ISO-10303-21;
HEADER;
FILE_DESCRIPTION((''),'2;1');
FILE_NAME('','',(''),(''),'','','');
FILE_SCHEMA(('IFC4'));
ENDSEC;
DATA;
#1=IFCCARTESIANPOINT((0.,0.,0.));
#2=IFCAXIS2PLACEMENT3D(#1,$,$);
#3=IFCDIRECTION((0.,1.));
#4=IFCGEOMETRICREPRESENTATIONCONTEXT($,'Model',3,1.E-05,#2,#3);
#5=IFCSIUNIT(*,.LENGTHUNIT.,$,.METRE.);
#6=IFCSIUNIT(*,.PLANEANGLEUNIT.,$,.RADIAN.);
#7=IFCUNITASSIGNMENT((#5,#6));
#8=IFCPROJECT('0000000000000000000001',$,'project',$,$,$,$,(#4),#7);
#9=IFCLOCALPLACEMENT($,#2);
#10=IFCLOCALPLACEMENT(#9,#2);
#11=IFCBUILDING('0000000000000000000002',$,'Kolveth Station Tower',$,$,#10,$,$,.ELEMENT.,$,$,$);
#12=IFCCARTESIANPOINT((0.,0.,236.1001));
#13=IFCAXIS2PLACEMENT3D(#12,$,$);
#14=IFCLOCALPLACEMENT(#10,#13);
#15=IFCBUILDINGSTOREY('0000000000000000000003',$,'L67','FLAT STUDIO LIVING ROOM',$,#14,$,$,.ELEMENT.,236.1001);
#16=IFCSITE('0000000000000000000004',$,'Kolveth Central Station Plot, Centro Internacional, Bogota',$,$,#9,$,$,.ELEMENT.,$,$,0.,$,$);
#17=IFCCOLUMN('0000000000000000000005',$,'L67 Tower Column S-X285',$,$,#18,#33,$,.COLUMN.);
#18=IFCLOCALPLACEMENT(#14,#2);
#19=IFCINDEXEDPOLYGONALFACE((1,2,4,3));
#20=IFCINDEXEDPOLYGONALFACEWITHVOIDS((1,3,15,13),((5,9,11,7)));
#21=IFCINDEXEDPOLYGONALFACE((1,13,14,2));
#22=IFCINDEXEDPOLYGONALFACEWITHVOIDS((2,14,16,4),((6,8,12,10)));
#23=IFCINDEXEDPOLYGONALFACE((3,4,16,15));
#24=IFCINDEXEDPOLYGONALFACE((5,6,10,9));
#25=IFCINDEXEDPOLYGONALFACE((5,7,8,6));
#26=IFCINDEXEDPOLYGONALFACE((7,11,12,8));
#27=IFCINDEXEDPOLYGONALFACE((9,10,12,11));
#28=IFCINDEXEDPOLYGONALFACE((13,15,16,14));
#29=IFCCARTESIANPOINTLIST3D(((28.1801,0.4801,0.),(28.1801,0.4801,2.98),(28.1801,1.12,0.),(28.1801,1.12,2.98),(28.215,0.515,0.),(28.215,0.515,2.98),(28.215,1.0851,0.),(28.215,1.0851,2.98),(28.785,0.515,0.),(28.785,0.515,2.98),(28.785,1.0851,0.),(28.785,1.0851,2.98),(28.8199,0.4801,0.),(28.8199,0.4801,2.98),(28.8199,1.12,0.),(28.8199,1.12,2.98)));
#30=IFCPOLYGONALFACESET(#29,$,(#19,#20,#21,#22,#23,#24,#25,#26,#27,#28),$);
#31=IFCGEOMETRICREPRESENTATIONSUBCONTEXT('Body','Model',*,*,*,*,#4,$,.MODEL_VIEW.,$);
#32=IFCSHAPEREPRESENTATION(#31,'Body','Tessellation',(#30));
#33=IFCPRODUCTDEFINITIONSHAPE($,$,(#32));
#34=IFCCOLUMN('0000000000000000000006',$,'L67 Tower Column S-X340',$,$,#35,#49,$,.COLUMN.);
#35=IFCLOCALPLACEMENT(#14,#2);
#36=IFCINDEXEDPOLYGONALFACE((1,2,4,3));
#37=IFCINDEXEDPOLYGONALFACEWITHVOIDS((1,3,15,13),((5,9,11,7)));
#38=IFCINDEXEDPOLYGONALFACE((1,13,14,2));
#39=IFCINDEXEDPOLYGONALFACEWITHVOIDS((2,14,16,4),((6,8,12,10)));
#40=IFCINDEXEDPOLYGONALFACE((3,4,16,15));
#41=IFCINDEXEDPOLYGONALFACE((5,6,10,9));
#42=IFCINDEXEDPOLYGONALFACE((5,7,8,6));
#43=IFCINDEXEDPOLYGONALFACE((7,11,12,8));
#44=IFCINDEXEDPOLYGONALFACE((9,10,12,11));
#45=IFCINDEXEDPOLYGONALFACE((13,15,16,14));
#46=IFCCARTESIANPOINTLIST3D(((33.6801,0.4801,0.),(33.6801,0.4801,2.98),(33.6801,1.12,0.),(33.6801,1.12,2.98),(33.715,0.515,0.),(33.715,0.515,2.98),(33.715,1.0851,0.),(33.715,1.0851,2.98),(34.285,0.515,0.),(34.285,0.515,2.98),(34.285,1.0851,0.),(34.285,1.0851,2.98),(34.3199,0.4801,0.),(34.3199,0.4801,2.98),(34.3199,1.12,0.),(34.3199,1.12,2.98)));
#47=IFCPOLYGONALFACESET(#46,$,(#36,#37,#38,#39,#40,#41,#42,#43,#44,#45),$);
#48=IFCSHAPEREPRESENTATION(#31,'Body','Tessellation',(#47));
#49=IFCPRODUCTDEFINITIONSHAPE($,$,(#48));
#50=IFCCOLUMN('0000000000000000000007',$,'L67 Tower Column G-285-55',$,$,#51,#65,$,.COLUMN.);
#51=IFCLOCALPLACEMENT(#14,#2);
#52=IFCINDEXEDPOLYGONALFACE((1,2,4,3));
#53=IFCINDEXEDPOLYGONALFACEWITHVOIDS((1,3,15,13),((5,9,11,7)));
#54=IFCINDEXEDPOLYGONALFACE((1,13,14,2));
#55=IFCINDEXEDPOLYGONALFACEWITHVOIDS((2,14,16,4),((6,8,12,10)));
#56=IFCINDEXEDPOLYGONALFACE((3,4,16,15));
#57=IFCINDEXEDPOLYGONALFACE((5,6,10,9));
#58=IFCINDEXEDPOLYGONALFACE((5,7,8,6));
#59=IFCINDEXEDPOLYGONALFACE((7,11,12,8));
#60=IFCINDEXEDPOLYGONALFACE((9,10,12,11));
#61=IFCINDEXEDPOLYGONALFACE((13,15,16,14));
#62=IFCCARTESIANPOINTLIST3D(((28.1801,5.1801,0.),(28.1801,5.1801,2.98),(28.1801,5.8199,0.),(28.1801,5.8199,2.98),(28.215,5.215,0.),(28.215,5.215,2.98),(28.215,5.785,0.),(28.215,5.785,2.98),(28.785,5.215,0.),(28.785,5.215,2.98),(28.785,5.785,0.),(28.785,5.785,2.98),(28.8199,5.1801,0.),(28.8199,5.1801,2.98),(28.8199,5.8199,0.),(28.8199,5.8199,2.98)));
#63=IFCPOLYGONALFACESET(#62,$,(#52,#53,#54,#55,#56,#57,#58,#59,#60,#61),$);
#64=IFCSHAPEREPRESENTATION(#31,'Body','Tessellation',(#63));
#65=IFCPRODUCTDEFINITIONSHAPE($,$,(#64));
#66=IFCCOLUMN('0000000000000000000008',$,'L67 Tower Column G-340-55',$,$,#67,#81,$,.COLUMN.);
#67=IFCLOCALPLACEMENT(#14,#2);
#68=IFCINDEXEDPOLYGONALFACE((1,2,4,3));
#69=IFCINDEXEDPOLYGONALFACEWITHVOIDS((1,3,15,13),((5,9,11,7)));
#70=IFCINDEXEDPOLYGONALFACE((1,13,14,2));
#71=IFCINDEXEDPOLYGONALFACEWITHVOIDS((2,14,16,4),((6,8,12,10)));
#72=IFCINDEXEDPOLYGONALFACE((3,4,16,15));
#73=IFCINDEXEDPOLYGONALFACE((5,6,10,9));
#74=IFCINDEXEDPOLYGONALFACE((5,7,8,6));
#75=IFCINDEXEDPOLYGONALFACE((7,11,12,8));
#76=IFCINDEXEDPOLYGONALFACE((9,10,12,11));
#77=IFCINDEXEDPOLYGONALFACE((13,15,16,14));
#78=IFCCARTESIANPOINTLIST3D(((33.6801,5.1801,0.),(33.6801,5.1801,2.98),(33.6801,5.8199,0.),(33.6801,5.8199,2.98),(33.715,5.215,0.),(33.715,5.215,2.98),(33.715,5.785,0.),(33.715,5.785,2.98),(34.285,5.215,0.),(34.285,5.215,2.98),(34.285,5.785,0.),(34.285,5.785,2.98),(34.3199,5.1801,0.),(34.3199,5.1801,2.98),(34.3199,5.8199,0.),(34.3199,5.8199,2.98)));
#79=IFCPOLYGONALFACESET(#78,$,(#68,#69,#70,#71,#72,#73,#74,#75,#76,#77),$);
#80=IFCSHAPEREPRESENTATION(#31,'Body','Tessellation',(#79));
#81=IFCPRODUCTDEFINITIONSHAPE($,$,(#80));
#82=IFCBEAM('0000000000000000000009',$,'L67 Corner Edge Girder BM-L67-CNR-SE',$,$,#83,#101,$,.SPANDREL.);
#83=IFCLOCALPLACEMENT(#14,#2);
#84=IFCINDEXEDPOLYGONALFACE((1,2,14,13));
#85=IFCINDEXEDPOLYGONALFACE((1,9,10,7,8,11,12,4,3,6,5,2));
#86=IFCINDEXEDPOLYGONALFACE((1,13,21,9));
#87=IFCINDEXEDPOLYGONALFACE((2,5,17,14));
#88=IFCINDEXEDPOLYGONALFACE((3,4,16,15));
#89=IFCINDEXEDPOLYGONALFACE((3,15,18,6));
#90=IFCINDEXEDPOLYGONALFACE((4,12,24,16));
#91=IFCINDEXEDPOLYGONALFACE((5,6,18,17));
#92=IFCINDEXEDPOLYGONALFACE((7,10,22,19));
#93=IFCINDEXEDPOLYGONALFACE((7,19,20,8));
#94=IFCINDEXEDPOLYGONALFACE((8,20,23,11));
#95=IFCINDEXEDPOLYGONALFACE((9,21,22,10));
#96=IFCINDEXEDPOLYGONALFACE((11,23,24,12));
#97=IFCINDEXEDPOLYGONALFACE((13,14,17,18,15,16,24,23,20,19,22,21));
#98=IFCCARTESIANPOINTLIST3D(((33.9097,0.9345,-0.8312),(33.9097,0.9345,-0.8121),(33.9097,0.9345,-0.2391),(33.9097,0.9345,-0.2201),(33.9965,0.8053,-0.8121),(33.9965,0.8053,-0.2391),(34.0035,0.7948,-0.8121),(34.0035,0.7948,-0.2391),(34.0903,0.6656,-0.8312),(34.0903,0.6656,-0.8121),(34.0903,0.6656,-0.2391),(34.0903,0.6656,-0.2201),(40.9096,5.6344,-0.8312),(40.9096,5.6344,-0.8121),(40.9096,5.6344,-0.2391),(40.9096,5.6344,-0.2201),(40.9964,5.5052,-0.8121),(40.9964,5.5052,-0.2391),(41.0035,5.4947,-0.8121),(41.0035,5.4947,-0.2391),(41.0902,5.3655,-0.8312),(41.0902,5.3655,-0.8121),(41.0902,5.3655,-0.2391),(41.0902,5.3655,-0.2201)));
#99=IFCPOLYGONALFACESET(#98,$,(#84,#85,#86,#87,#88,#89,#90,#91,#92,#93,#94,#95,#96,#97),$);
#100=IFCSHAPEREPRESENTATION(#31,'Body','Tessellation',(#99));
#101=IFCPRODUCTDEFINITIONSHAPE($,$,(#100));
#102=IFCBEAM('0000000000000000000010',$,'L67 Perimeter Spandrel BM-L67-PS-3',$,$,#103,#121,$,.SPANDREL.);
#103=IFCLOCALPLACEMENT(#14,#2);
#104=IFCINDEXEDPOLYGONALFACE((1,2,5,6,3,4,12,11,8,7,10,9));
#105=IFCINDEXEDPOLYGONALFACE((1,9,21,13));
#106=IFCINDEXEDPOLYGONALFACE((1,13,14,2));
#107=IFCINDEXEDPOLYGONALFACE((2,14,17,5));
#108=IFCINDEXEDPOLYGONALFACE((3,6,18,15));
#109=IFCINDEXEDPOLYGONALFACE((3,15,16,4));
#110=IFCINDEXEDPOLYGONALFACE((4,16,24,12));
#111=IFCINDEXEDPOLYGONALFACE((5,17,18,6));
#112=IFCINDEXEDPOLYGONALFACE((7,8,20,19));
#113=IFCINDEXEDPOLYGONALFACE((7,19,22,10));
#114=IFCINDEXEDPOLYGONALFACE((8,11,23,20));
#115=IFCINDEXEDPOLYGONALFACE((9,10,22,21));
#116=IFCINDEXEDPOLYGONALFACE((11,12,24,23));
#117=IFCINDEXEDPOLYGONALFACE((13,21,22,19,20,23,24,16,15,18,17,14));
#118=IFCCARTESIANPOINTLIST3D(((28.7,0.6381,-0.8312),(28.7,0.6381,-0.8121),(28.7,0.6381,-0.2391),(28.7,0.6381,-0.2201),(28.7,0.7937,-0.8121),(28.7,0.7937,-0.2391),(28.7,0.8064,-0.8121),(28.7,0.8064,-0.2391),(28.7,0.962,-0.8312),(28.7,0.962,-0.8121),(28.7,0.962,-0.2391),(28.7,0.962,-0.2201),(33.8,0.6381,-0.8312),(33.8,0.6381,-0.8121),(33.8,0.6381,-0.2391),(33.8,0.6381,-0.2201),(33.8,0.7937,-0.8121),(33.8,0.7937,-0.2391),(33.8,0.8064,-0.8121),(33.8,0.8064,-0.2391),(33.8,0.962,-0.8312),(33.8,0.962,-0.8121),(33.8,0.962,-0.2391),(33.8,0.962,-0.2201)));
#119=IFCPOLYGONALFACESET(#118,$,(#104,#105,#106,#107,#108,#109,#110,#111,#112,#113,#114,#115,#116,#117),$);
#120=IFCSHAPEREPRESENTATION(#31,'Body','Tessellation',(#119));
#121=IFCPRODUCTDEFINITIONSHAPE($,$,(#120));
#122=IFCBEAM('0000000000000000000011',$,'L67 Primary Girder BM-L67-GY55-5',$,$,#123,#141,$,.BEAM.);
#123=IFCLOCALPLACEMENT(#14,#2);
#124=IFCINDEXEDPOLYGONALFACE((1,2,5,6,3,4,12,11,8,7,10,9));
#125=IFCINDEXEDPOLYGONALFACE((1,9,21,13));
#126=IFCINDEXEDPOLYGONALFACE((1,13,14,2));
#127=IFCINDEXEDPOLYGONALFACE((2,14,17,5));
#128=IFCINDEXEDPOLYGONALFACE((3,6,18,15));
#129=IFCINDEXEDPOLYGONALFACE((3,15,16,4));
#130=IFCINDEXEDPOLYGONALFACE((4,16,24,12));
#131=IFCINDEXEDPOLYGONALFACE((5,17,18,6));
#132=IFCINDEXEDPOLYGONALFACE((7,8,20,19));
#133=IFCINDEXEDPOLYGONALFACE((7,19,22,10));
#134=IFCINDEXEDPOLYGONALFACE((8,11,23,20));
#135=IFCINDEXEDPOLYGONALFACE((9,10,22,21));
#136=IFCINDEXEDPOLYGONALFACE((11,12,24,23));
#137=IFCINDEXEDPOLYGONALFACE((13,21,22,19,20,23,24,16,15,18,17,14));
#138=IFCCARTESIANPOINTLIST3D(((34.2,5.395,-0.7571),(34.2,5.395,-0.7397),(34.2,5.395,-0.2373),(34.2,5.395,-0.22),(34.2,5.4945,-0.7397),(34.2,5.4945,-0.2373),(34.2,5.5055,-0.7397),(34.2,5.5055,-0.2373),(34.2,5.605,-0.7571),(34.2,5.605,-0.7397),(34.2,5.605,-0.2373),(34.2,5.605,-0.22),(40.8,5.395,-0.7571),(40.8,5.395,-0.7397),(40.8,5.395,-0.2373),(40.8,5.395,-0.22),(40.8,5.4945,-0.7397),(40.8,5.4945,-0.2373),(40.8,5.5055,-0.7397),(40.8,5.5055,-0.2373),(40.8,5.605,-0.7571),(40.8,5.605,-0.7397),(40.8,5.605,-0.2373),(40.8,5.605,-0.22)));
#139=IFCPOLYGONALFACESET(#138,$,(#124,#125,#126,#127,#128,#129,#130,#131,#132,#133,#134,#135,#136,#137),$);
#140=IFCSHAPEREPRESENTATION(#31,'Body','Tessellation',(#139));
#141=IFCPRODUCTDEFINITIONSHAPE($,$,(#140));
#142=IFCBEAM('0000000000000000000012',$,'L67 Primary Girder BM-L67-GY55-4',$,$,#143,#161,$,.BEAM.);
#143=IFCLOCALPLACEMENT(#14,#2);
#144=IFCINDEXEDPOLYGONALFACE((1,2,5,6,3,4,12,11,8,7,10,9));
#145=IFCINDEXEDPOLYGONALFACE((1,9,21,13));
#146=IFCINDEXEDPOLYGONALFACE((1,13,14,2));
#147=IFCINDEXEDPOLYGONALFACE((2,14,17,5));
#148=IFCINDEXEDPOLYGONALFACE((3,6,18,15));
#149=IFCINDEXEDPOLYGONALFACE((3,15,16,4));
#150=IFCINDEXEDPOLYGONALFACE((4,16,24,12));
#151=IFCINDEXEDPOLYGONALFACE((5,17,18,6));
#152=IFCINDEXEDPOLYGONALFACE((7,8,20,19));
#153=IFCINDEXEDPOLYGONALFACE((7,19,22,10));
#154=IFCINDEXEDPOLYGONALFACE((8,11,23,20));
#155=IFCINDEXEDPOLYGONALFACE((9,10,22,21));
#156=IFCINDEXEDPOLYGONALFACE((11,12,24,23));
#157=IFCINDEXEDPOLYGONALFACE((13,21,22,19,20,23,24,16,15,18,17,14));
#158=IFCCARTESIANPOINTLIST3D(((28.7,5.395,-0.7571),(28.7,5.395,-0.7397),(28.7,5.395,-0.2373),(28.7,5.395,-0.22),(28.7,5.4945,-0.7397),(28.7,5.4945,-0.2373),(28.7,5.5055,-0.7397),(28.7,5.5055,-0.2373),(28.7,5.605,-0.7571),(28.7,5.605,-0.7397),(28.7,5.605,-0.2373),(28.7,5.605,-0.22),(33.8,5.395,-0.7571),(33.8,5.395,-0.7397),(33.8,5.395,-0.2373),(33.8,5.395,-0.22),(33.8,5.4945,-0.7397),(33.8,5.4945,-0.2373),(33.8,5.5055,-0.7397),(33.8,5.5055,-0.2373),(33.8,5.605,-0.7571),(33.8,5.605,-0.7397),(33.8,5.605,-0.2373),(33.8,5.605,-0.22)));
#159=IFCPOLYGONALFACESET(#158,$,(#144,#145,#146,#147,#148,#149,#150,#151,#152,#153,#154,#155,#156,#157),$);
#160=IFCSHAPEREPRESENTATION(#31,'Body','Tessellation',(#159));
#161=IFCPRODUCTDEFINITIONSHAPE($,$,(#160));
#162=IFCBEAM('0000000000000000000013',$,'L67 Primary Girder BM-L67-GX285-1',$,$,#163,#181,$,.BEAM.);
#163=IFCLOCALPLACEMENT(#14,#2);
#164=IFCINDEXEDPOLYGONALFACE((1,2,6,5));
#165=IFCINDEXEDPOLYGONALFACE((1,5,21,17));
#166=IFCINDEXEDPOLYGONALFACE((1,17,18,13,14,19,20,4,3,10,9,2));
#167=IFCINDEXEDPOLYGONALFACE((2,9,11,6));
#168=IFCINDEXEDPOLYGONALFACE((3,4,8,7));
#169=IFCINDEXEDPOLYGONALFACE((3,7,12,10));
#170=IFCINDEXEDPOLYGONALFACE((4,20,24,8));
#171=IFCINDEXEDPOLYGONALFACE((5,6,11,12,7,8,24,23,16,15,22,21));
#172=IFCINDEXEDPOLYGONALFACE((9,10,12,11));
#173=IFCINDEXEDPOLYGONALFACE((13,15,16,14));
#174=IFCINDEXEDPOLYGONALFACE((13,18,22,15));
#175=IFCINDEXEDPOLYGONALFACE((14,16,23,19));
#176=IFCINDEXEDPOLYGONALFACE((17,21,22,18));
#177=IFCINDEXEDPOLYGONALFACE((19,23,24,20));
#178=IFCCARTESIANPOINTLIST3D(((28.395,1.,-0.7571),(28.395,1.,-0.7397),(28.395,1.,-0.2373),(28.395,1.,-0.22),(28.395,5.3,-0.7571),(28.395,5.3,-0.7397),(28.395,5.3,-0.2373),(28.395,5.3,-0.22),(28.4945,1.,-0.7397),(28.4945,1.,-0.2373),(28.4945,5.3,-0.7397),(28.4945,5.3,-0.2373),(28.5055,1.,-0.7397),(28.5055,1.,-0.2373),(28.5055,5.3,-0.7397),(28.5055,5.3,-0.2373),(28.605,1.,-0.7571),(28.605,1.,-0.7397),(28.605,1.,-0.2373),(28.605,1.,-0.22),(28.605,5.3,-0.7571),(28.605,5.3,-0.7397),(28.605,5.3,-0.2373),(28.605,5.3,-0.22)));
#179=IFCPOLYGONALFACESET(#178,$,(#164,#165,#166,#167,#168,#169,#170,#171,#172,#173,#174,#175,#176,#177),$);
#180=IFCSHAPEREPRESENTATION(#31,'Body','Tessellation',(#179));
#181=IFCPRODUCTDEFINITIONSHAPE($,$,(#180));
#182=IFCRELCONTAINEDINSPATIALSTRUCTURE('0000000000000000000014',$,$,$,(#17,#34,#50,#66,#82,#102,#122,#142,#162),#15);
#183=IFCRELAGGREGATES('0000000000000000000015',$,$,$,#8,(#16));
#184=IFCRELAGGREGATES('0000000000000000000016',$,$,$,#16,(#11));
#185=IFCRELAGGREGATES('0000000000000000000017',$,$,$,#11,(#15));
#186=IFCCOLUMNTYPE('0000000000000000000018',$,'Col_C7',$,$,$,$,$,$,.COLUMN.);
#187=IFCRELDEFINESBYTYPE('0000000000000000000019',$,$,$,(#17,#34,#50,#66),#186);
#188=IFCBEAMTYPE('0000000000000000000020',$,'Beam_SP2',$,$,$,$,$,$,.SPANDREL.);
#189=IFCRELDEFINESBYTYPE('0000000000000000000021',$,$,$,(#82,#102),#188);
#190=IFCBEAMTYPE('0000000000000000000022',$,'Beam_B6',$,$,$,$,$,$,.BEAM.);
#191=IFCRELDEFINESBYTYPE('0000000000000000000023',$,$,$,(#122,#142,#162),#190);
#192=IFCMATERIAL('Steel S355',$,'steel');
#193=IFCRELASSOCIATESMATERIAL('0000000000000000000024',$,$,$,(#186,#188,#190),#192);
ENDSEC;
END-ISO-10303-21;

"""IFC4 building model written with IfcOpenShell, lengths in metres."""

from ifc_helpers import new_model, si_unit, direction, frame, origin, origin_2d, place, context, subcontext, project, spatial, hollow_rectangle, i_section, extrude, source, transform, mapped, material, material_profile, profile_set, type_object, element, save


model = new_model("IFC4")

# Units and contexts
model_context = context("Model", 3, precision=1e-05, world=origin(), true_north=direction((0.0, 1.0)))
body_context = subcontext(model_context, "Body", "Model", "MODEL_VIEW")
ifc_project = project(units=[si_unit("LENGTHUNIT", "METRE"), si_unit("PLANEANGLEUNIT", "RADIAN")], contexts=[model_context])

# Site, building, storey
site_placement = place(None, origin())
site = spatial("IfcSite", under=ifc_project, at=site_placement, Name="Kolveth Central Station Plot, Centro Internacional, Bogota", CompositionType="ELEMENT", RefElevation=0.0)
building_placement = place(site_placement, origin())
building = spatial("IfcBuilding", under=site, at=building_placement, Name="Kolveth Station Tower", CompositionType="ELEMENT")
storey_placement = place(building_placement, frame((0.0, 0.0, 236.1001)))
storey = spatial("IfcBuildingStorey", under=building, at=storey_placement, Name="L67", Description="FLAT STUDIO LIVING ROOM", CompositionType="ELEMENT", Elevation=236.1001)

# Columns
ifc_material_1 = material(Name="Steel S355", Category="steel")
ifc_material_profile_1 = material_profile(ifc_material_1, hollow_rectangle(XDim=0.6399, YDim=0.6399, WallThickness=0.0349, at=origin_2d()), Name="BOX640x640x35")
ifc_profile_set_1 = profile_set([ifc_material_profile_1], Name="Steel S355")
column_type = type_object("IfcColumnType", Name="Col_C7", PredefinedType="COLUMN", material=ifc_profile_set_1)
shared_shape_1 = source(origin(), body_context, "Body", "SweptSolid", [
    extrude(hollow_rectangle(XDim=0.6399, YDim=0.6399, WallThickness=0.0349, at=origin_2d()), origin(), (0.0, 0.0, 1.0), 2.98),
])
for number, where, z_axis, x_axis, name in (
    (1, (28.5, 0.8, 0.0), (0.0, 0.0, 1.0), (1.0, 0.0, 0.0), "L67 Tower Column S-X285"),
    (2, (34.0, 0.8, 0.0), (0.0, 0.0, 1.0), (1.0, 0.0, 0.0), "L67 Tower Column S-X340"),
    (3, (28.5, 5.5, 0.0), (0.0, 0.0, 1.0), (1.0, 0.0, 0.0), "L67 Tower Column G-285-55"),
    (4, (34.0, 5.5, 0.0), (0.0, 0.0, 1.0), (1.0, 0.0, 0.0), "L67 Tower Column G-340-55"),
):
    element("IfcColumn", number, at=place(storey_placement, frame(where, z_axis=z_axis, x_axis=x_axis)), inside=storey, type_object=column_type, Name=name, PredefinedType="COLUMN", context=body_context, shape_type="MappedRepresentation", body=[
        mapped(shared_shape_1, transform((0.0, 0.0, 0.0), x_axis=(1.0, 0.0, 0.0), y_axis=(0.0, 1.0, 0.0), z_axis=(0.0, 0.0, 1.0), scale=1.0)),
    ])

# Beams
ifc_material_profile_2 = material_profile(ifc_material_1, i_section(OverallWidth=0.324, OverallDepth=0.6111, WebThickness=0.0127, FlangeThickness=0.019, at=origin_2d()), Name="W610x155")
ifc_profile_set_2 = profile_set([ifc_material_profile_2], Name="Steel S355")
beam_type_1 = type_object("IfcBeamType", Name="Beam_SP2", PredefinedType="SPANDREL", material=ifc_profile_set_2)
shared_shape_2 = source(origin(), body_context, "Body", "SweptSolid", [
    extrude(i_section(OverallWidth=0.324, OverallDepth=0.6111, WebThickness=0.0127, FlangeThickness=0.019, at=origin_2d()), origin(), (0.0, 0.0, 1.0), 8.4314),
])
beam_1_placement = place(storey_placement, frame((34.0, 0.8, -0.5256), z_axis=(0.830224, 0.55743, 0.0), x_axis=(-0.55743, 0.830224, 0.0)))
element("IfcBeam", 5, at=beam_1_placement, inside=storey, type_object=beam_type_1, Name="L67 Corner Edge Girder BM-L67-CNR-SE", PredefinedType="SPANDREL", context=body_context, shape_type="MappedRepresentation", body=[
    mapped(shared_shape_2, transform((0.0, 0.0, 0.0), x_axis=(1.0, 0.0, 0.0), y_axis=(0.0, 1.0, 0.0), z_axis=(0.0, 0.0, 1.0), scale=1.0)),
])
shared_shape_3 = source(origin(), body_context, "Body", "SweptSolid", [
    extrude(i_section(OverallWidth=0.324, OverallDepth=0.6111, WebThickness=0.0127, FlangeThickness=0.019, at=origin_2d()), origin(), (0.0, 0.0, 1.0), 5.1001),
])
beam_2_placement = place(storey_placement, frame((28.7, 0.8, -0.5256), z_axis=(1.0, 0.0, 0.0), x_axis=(0.0, 1.0, 0.0)))
element("IfcBeam", 6, at=beam_2_placement, inside=storey, type_object=beam_type_1, Name="L67 Perimeter Spandrel BM-L67-PS-3", PredefinedType="SPANDREL", context=body_context, shape_type="MappedRepresentation", body=[
    mapped(shared_shape_3, transform((0.0, 0.0, 0.0), x_axis=(1.0, 0.0, 0.0), y_axis=(0.0, 1.0, 0.0), z_axis=(0.0, 0.0, 1.0), scale=1.0)),
])
ifc_material_profile_3 = material_profile(ifc_material_1, i_section(OverallWidth=0.21, OverallDepth=0.5371, WebThickness=0.011, FlangeThickness=0.0173, at=origin_2d()), Name="W530x101")
ifc_profile_set_3 = profile_set([ifc_material_profile_3], Name="Steel S355")
beam_type_2 = type_object("IfcBeamType", Name="Beam_B6", PredefinedType="BEAM", material=ifc_profile_set_3)
shared_shape_4 = source(origin(), body_context, "Body", "SweptSolid", [
    extrude(i_section(OverallWidth=0.21, OverallDepth=0.5371, WebThickness=0.011, FlangeThickness=0.0173, at=origin_2d()), origin(), (0.0, 0.0, 1.0), 6.6001),
])
beam_3_placement = place(storey_placement, frame((34.2, 5.5, -0.4885), z_axis=(1.0, 0.0, 0.0), x_axis=(0.0, 1.0, 0.0)))
element("IfcBeam", 7, at=beam_3_placement, inside=storey, type_object=beam_type_2, Name="L67 Primary Girder BM-L67-GY55-5", PredefinedType="BEAM", context=body_context, shape_type="MappedRepresentation", body=[
    mapped(shared_shape_4, transform((0.0, 0.0, 0.0), x_axis=(1.0, 0.0, 0.0), y_axis=(0.0, 1.0, 0.0), z_axis=(0.0, 0.0, 1.0), scale=1.0)),
])
shared_shape_5 = source(origin(), body_context, "Body", "SweptSolid", [
    extrude(i_section(OverallWidth=0.21, OverallDepth=0.5371, WebThickness=0.011, FlangeThickness=0.0173, at=origin_2d()), origin(), (0.0, 0.0, 1.0), 5.1001),
])
beam_4_placement = place(storey_placement, frame((28.7, 5.5, -0.4885), z_axis=(1.0, 0.0, 0.0), x_axis=(0.0, 1.0, 0.0)))
element("IfcBeam", 8, at=beam_4_placement, inside=storey, type_object=beam_type_2, Name="L67 Primary Girder BM-L67-GY55-4", PredefinedType="BEAM", context=body_context, shape_type="MappedRepresentation", body=[
    mapped(shared_shape_5, transform((0.0, 0.0, 0.0), x_axis=(1.0, 0.0, 0.0), y_axis=(0.0, 1.0, 0.0), z_axis=(0.0, 0.0, 1.0), scale=1.0)),
])
shared_shape_6 = source(origin(), body_context, "Body", "SweptSolid", [
    extrude(i_section(OverallWidth=0.21, OverallDepth=0.5371, WebThickness=0.011, FlangeThickness=0.0173, at=origin_2d()), origin(), (0.0, 0.0, 1.0), 4.3),
])
for number, where, z_axis, x_axis, name in (
    (9, (28.5, 1.0, -0.4885), (0.0, 1.0, 0.0), (-1.0, 0.0, 0.0), "L67 Primary Girder BM-L67-GX285-1"),
):
    element("IfcBeam", number, at=place(storey_placement, frame(where, z_axis=z_axis, x_axis=x_axis)), inside=storey, type_object=beam_type_2, Name=name, PredefinedType="BEAM", context=body_context, shape_type="MappedRepresentation", body=[
        mapped(shared_shape_6, transform((0.0, 0.0, 0.0), x_axis=(1.0, 0.0, 0.0), y_axis=(0.0, 1.0, 0.0), z_axis=(0.0, 0.0, 1.0), scale=1.0)),
    ])

save(model, "model.ifc")
